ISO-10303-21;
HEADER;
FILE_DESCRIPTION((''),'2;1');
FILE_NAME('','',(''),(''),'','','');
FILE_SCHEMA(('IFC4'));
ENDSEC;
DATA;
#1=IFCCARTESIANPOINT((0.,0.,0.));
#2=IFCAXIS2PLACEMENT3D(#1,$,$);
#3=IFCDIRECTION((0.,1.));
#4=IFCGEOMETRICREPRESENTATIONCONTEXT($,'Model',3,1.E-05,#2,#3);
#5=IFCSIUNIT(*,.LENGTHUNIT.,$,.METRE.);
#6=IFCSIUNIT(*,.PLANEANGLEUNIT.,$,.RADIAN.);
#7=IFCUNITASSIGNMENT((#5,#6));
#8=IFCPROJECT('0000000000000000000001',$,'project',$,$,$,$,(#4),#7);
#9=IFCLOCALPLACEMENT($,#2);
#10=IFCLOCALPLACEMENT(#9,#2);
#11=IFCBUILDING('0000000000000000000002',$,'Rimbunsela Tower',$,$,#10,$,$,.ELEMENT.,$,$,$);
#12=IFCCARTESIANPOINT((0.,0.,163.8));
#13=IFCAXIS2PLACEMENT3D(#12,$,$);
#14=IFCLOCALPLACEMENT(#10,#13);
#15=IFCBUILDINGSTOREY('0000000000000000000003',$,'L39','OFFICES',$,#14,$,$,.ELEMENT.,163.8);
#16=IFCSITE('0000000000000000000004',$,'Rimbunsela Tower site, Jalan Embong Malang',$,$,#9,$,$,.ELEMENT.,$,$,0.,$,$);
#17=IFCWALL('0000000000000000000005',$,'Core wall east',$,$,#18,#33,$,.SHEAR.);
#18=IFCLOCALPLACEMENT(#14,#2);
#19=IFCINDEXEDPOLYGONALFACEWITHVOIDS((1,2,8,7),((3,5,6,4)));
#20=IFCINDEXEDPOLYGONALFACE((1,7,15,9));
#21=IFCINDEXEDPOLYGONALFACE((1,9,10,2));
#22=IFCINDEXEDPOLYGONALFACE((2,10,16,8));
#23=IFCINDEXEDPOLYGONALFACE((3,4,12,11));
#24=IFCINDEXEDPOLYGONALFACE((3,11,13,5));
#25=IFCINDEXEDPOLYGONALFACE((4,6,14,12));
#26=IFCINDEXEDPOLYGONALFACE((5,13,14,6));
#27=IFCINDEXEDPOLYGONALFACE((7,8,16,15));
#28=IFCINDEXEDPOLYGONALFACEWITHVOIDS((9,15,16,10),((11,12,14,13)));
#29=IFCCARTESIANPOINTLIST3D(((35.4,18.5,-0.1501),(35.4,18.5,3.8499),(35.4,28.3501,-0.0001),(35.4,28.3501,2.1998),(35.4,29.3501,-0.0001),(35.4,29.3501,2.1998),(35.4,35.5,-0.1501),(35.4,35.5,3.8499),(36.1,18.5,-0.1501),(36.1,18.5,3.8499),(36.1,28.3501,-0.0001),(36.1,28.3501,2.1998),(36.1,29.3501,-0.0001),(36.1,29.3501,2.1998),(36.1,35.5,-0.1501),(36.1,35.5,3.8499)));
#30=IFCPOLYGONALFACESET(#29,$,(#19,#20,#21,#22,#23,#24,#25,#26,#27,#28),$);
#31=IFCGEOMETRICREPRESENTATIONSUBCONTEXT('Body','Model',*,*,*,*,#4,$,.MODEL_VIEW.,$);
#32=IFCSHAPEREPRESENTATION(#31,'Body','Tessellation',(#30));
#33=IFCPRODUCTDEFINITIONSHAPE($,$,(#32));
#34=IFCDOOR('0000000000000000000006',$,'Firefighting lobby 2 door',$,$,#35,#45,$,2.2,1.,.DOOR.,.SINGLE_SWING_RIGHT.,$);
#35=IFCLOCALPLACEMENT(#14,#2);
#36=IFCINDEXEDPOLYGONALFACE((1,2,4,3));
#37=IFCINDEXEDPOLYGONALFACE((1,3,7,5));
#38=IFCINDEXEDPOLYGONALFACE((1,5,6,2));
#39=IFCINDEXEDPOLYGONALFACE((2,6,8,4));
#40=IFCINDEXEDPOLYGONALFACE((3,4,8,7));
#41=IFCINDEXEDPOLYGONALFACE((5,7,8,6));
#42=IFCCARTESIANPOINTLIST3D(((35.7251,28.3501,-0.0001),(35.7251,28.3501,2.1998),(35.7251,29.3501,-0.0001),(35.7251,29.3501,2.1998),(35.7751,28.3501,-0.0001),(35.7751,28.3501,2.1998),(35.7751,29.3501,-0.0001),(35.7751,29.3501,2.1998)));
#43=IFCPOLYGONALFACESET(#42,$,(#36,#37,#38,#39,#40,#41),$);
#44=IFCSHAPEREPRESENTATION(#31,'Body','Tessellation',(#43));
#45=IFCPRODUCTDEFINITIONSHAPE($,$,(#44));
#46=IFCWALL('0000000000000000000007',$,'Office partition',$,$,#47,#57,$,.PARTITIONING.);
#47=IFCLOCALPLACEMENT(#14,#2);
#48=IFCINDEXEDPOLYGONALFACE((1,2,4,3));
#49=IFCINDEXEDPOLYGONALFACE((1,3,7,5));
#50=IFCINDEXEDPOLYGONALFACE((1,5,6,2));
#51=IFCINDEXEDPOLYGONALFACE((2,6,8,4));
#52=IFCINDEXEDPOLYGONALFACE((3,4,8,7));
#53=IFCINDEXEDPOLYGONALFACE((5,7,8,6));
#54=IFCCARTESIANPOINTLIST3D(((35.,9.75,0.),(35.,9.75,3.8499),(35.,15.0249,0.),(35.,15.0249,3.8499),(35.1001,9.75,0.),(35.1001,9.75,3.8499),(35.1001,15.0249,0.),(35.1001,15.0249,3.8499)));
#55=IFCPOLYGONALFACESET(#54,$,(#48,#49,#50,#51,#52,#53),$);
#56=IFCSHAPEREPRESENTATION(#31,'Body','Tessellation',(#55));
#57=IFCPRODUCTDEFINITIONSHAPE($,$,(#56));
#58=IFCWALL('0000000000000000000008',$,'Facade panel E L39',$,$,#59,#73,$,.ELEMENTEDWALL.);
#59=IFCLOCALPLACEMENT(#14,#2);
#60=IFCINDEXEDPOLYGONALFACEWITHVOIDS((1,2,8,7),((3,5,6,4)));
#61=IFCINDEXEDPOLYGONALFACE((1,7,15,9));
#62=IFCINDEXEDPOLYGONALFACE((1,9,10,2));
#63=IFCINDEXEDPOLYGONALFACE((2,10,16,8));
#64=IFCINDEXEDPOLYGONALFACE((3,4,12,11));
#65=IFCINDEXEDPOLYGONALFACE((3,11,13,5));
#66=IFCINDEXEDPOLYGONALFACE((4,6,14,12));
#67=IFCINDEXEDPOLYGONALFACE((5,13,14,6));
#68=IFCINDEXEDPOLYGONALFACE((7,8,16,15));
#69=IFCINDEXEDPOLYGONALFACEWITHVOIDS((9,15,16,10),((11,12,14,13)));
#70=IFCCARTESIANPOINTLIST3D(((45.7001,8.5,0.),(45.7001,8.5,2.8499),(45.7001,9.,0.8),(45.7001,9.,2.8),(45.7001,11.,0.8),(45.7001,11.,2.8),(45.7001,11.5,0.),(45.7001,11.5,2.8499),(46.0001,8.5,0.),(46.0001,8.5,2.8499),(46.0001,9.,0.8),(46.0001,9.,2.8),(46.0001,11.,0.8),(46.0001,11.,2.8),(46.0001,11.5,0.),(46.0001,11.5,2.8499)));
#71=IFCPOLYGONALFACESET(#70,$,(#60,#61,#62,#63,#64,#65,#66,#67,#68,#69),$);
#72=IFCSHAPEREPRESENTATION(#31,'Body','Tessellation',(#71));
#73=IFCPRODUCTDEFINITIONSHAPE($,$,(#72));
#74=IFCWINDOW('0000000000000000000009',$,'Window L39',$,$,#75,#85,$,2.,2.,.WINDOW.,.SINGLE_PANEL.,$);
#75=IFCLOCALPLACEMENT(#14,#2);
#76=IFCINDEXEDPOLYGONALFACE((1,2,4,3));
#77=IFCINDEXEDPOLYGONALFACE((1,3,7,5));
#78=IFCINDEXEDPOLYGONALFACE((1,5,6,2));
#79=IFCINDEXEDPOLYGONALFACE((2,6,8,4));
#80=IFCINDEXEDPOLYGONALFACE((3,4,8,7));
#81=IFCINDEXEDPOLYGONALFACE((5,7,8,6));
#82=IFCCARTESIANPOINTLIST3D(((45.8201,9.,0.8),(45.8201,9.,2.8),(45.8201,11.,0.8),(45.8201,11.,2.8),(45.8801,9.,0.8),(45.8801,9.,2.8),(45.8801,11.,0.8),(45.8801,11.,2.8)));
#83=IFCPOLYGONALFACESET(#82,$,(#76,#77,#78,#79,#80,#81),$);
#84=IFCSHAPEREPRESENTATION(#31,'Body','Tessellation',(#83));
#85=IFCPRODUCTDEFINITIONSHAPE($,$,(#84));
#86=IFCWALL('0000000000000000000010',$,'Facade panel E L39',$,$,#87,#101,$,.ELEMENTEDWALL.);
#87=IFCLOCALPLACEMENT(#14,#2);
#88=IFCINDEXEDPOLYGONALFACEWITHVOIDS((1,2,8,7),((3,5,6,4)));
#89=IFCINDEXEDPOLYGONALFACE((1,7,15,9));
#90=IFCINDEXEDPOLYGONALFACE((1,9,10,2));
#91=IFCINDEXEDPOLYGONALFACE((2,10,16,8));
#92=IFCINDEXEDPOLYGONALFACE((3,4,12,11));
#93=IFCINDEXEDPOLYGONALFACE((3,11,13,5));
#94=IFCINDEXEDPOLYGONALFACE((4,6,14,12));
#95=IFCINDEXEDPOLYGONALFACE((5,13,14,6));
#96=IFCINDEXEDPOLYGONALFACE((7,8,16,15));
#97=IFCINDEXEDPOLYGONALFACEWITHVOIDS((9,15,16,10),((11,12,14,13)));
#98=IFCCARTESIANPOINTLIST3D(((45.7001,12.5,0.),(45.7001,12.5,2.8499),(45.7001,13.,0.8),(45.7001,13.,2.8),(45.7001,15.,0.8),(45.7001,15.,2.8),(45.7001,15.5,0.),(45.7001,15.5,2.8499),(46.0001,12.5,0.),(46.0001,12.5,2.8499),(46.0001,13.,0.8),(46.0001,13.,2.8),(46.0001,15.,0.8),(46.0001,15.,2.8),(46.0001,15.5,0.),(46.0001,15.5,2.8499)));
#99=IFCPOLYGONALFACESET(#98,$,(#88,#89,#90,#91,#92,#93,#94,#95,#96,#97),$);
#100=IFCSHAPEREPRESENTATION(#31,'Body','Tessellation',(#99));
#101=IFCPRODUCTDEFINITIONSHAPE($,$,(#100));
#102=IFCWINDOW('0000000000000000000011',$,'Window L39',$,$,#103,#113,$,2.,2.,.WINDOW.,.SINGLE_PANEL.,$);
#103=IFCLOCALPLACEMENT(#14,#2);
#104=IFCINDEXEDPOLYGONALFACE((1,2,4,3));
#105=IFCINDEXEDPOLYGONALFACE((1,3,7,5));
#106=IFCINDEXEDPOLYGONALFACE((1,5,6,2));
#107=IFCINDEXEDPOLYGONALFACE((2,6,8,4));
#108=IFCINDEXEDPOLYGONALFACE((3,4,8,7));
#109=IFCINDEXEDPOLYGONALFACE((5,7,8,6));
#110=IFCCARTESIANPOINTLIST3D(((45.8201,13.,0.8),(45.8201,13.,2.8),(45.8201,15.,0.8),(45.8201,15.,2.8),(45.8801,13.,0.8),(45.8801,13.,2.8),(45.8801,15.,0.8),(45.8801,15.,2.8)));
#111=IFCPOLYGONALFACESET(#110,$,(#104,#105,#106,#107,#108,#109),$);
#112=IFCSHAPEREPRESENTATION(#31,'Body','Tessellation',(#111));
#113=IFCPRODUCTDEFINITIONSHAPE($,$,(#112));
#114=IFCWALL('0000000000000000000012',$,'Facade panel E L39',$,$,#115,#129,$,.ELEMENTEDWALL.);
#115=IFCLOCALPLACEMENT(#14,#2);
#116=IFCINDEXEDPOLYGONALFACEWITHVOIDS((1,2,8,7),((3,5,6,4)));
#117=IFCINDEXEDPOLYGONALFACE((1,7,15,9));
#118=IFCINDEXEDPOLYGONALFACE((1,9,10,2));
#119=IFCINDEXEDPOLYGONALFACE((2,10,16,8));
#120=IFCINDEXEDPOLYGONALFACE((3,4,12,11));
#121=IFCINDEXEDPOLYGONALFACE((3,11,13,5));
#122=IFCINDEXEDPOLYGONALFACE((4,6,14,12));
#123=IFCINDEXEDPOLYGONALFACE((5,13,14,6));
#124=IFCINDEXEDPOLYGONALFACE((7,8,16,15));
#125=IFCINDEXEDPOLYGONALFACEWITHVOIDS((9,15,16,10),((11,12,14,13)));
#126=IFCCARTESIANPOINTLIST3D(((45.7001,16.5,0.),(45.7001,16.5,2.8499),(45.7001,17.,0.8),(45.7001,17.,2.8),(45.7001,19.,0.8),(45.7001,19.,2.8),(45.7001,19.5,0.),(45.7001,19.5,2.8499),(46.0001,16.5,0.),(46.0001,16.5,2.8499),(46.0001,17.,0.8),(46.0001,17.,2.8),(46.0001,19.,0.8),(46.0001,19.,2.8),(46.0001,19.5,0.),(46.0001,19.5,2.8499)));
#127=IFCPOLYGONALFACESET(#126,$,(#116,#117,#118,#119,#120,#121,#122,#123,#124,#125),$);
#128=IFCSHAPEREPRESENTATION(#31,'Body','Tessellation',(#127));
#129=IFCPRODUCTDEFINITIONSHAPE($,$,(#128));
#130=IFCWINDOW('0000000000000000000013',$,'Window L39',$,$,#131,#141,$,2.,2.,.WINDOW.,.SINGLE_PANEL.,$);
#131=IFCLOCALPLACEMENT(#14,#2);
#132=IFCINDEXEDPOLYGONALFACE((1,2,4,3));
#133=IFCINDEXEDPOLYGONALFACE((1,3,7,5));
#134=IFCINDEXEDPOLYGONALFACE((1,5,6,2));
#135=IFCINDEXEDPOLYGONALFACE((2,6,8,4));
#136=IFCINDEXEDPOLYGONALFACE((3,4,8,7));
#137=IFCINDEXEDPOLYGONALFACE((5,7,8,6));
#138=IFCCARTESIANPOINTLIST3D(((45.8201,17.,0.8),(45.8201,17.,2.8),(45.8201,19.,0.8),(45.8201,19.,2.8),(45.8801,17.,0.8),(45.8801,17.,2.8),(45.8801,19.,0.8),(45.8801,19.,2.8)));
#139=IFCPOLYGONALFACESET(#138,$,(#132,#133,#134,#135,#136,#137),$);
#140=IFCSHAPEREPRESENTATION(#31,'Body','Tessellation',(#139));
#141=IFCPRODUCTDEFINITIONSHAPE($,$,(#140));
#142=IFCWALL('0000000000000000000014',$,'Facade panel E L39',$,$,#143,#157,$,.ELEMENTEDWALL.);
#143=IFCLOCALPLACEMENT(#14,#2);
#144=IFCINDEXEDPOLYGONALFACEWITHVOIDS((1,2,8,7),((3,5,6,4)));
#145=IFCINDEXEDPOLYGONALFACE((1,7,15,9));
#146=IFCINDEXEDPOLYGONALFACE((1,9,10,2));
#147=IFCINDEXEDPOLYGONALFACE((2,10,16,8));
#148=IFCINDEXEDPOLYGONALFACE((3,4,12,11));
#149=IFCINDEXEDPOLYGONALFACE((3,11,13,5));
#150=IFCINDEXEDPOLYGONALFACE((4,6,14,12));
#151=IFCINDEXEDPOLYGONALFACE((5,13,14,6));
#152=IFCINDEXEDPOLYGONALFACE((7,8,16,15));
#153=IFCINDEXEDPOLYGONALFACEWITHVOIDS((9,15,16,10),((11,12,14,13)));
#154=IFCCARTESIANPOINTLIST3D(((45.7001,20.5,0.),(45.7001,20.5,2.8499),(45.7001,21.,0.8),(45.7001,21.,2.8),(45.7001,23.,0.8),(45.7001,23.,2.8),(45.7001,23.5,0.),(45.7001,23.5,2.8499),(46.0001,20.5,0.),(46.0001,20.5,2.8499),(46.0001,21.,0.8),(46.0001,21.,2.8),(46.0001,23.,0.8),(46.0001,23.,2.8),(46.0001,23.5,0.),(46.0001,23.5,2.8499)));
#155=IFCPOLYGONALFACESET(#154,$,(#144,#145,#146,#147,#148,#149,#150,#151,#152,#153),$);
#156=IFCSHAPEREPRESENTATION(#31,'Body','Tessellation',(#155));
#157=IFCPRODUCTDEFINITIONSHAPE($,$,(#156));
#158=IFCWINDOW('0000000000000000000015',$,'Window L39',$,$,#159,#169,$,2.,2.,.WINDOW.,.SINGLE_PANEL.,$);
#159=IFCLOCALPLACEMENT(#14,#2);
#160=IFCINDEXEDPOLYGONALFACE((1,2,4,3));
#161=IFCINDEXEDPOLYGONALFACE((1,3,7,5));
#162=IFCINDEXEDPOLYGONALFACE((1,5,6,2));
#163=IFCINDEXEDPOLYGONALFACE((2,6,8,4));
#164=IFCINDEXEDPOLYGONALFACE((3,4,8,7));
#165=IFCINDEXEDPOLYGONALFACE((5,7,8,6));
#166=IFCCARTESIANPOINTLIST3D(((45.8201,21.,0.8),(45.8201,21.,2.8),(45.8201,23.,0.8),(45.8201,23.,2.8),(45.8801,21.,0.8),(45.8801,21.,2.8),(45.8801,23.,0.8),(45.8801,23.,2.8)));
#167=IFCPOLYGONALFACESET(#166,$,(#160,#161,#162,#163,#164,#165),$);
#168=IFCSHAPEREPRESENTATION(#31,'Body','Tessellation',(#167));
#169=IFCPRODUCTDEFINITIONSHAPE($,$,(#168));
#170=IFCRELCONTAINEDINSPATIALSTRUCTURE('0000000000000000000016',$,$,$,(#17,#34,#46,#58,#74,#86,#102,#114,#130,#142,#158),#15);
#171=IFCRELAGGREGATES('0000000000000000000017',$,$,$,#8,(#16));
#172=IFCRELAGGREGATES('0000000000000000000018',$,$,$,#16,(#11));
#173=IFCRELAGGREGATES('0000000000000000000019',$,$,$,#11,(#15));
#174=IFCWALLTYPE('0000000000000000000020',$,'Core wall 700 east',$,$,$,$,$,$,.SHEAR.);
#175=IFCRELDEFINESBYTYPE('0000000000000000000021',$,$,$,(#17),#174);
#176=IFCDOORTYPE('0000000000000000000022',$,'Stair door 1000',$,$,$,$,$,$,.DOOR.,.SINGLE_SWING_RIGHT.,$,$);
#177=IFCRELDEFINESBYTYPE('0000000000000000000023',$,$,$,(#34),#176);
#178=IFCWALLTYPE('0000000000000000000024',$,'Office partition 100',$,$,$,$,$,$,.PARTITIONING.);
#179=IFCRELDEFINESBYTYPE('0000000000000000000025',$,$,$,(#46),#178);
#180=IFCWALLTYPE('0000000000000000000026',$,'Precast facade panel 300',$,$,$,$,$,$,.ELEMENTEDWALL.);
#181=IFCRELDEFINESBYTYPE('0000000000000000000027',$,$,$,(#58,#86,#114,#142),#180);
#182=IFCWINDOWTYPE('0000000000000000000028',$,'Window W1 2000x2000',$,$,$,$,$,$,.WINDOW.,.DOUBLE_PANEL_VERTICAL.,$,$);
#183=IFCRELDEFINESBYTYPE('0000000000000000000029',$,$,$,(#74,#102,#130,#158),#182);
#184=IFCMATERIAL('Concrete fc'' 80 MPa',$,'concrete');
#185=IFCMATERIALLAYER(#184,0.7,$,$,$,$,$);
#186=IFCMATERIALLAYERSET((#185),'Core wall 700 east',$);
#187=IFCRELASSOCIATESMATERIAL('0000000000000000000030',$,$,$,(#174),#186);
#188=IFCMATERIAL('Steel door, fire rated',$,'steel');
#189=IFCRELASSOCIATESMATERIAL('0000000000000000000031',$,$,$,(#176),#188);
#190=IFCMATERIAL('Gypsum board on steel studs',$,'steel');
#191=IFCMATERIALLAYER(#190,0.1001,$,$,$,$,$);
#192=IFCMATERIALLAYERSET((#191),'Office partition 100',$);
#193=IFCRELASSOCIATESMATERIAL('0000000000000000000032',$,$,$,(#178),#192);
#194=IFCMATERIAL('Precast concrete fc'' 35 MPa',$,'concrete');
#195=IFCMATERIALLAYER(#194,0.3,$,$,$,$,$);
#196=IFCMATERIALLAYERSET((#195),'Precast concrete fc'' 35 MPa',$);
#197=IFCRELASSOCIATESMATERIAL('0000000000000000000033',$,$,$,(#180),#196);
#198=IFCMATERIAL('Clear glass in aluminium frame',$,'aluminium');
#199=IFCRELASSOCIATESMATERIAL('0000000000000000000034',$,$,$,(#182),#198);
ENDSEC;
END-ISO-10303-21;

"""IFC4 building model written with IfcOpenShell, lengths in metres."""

from ifc_helpers import new_model, si_unit, direction, frame, frame_2d, origin, place, context, subcontext, project, spatial, rectangle, extrude, material, layer, layer_set, type_object, element, fill, save


model = new_model("IFC4")

# Units and contexts
model_context = context("Model", 3, precision=1e-05, world=origin(), true_north=direction((0.0, 1.0)))
body_context = subcontext(model_context, "Body", "Model", "MODEL_VIEW")
ifc_project = project(units=[si_unit("LENGTHUNIT", "METRE"), si_unit("PLANEANGLEUNIT", "RADIAN")], contexts=[model_context])

# Site, building, storey
site_placement = place(None, origin())
site = spatial("IfcSite", under=ifc_project, at=site_placement, Name="Rimbunsela Tower site, Jalan Embong Malang", CompositionType="ELEMENT", RefElevation=0.0)
building_placement = place(site_placement, origin())
building = spatial("IfcBuilding", under=site, at=building_placement, Name="Rimbunsela Tower", CompositionType="ELEMENT")
storey_placement = place(building_placement, frame((0.0, 0.0, 163.8)))
storey = spatial("IfcBuildingStorey", under=building, at=storey_placement, Name="L39", Description="OFFICES", CompositionType="ELEMENT", Elevation=163.8)

# Wall, opening, door
ifc_material_1 = material(Name="Concrete fc' 80 MPa", Category="concrete")
ifc_layer_1 = layer(ifc_material_1, 0.7)
ifc_layer_set_1 = layer_set([ifc_layer_1], Name="Core wall 700 east")
wall_type_1 = type_object("IfcWallType", Name="Core wall 700 east", PredefinedType="SHEAR", material=ifc_layer_set_1)
wall_1_placement = place(storey_placement, frame((35.75, 18.5, -0.1501), z_axis=(0.0, 0.0, 1.0), x_axis=(0.0, 1.0, 0.0)))
wall_1 = element("IfcWall", 1, at=wall_1_placement, inside=storey, type_object=wall_type_1, Name="Core wall east", PredefinedType="SHEAR", context=body_context, shape_type="SweptSolid", body=[
    extrude(rectangle(XDim=17.0, YDim=0.7, at=frame_2d((8.5, 0.0))), origin(), (0.0, 0.0, 1.0), 4.0),
])
opening_1_placement = place(wall_1_placement, frame((9.8501, 0.0, 0.1499)))
opening_1 = element("IfcOpeningElement", 2, at=opening_1_placement, cuts=wall_1, PredefinedType="OPENING", context=body_context, shape_type="SweptSolid", body=[
    extrude(rectangle(XDim=1.0, YDim=2.2, at=frame_2d((0.5, 1.1001))), frame((0.0, 0.3599, 0.0), z_axis=(0.0, -1.0, 0.0), x_axis=(1.0, 0.0, 0.0)), (0.0, 0.0, 1.0), 0.72),
])
ifc_material_2 = material(Name="Steel door, fire rated", Category="steel")
door_type_1 = type_object("IfcDoorType", Name="Stair door 1000", OperationType="SINGLE_SWING_RIGHT", PredefinedType="DOOR", material=ifc_material_2)
door_1_placement = place(opening_1_placement, origin())
door_1 = element("IfcDoor", 3, at=door_1_placement, inside=storey, type_object=door_type_1, Name="Firefighting lobby 2 door", OperationType="SINGLE_SWING_RIGHT", OverallHeight=2.2, OverallWidth=1.0, PredefinedType="DOOR", context=body_context, shape_type="SweptSolid", body=[
    extrude(rectangle(XDim=1.0, YDim=2.2, at=frame_2d((0.5, 1.1001))), frame((0.0, 0.0249, 0.0), z_axis=(0.0, -1.0, 0.0), x_axis=(1.0, 0.0, 0.0)), (0.0, 0.0, 1.0), 0.05),
])
fill(opening_1, door_1)

# Wall
ifc_material_3 = material(Name="Gypsum board on steel studs", Category="steel")
ifc_layer_2 = layer(ifc_material_3, 0.1001)
ifc_layer_set_2 = layer_set([ifc_layer_2], Name="Office partition 100")
wall_type_2 = type_object("IfcWallType", Name="Office partition 100", PredefinedType="PARTITIONING", material=ifc_layer_set_2)
wall_2_placement = place(storey_placement, frame((35.05, 9.75, 0.0), z_axis=(0.0, 0.0, 1.0), x_axis=(0.0, 1.0, 0.0)))
element("IfcWall", 4, at=wall_2_placement, inside=storey, type_object=wall_type_2, Name="Office partition", PredefinedType="PARTITIONING", context=body_context, shape_type="SweptSolid", body=[
    extrude(rectangle(XDim=5.2749, YDim=0.1001, at=frame_2d((2.6375, 0.0))), origin(), (0.0, 0.0, 1.0), 3.8499),
])

# Walls, openings, windows
ifc_material_4 = material(Name="Precast concrete fc' 35 MPa", Category="concrete")
ifc_layer_3 = layer(ifc_material_4, 0.3)
ifc_layer_set_3 = layer_set([ifc_layer_3], Name="Precast concrete fc' 35 MPa")
wall_type_3 = type_object("IfcWallType", Name="Precast facade panel 300", PredefinedType="ELEMENTEDWALL", material=ifc_layer_set_3)
wall_3_placement = place(storey_placement, frame((45.8501, 8.5, 0.0), z_axis=(0.0, 0.0, 1.0), x_axis=(0.0, 1.0, 0.0)))
wall_3 = element("IfcWall", 5, at=wall_3_placement, inside=storey, type_object=wall_type_3, Name="Facade panel E L39", PredefinedType="ELEMENTEDWALL", context=body_context, shape_type="SweptSolid", body=[
    extrude(rectangle(XDim=3.0, YDim=0.3, at=frame_2d((1.5, 0.0))), origin(), (0.0, 0.0, 1.0), 2.8499),
])
opening_2_placement = place(wall_3_placement, frame((0.5, 0.0, 0.8)))
opening_2 = element("IfcOpeningElement", 6, at=opening_2_placement, cuts=wall_3, PredefinedType="OPENING", context=body_context, shape_type="SweptSolid", body=[
    extrude(rectangle(XDim=2.0, YDim=2.0, at=frame_2d((1.0, 1.0))), frame((0.0, 0.1599, 0.0), z_axis=(0.0, -1.0, 0.0), x_axis=(1.0, 0.0, 0.0)), (0.0, 0.0, 1.0), 0.3201),
])
ifc_material_5 = material(Name="Clear glass in aluminium frame", Category="aluminium")
window_type = type_object("IfcWindowType", Name="Window W1 2000x2000", PartitioningType="DOUBLE_PANEL_VERTICAL", PredefinedType="WINDOW", material=ifc_material_5)
window_1_placement = place(opening_2_placement, origin())
window_1 = element("IfcWindow", 7, at=window_1_placement, inside=storey, type_object=window_type, Name="Window L39", OverallHeight=2.0, OverallWidth=2.0, PartitioningType="SINGLE_PANEL", PredefinedType="WINDOW", context=body_context, shape_type="SweptSolid", body=[
    extrude(rectangle(XDim=2.0, YDim=2.0, at=frame_2d((1.0, 1.0))), frame((0.0, 0.03, 0.0), z_axis=(0.0, -1.0, 0.0), x_axis=(1.0, 0.0, 0.0)), (0.0, 0.0, 1.0), 0.0601),
])
fill(opening_2, window_1)
wall_4_placement = place(storey_placement, frame((45.8501, 12.5, 0.0), z_axis=(0.0, 0.0, 1.0), x_axis=(0.0, 1.0, 0.0)))
wall_4 = element("IfcWall", 8, at=wall_4_placement, inside=storey, type_object=wall_type_3, Name="Facade panel E L39", PredefinedType="ELEMENTEDWALL", context=body_context, shape_type="SweptSolid", body=[
    extrude(rectangle(XDim=3.0, YDim=0.3, at=frame_2d((1.5, 0.0))), origin(), (0.0, 0.0, 1.0), 2.8499),
])
opening_3_placement = place(wall_4_placement, frame((0.5, 0.0, 0.8)))
opening_3 = element("IfcOpeningElement", 9, at=opening_3_placement, cuts=wall_4, PredefinedType="OPENING", context=body_context, shape_type="SweptSolid", body=[
    extrude(rectangle(XDim=2.0, YDim=2.0, at=frame_2d((1.0, 1.0))), frame((0.0, 0.1599, 0.0), z_axis=(0.0, -1.0, 0.0), x_axis=(1.0, 0.0, 0.0)), (0.0, 0.0, 1.0), 0.3201),
])
window_2_placement = place(opening_3_placement, origin())
window_2 = element("IfcWindow", 10, at=window_2_placement, inside=storey, type_object=window_type, Name="Window L39", OverallHeight=2.0, OverallWidth=2.0, PartitioningType="SINGLE_PANEL", PredefinedType="WINDOW", context=body_context, shape_type="SweptSolid", body=[
    extrude(rectangle(XDim=2.0, YDim=2.0, at=frame_2d((1.0, 1.0))), frame((0.0, 0.03, 0.0), z_axis=(0.0, -1.0, 0.0), x_axis=(1.0, 0.0, 0.0)), (0.0, 0.0, 1.0), 0.0601),
])
fill(opening_3, window_2)
wall_5_placement = place(storey_placement, frame((45.8501, 16.5, 0.0), z_axis=(0.0, 0.0, 1.0), x_axis=(0.0, 1.0, 0.0)))
wall_5 = element("IfcWall", 11, at=wall_5_placement, inside=storey, type_object=wall_type_3, Name="Facade panel E L39", PredefinedType="ELEMENTEDWALL", context=body_context, shape_type="SweptSolid", body=[
    extrude(rectangle(XDim=3.0, YDim=0.3, at=frame_2d((1.5, 0.0))), origin(), (0.0, 0.0, 1.0), 2.8499),
])
opening_4_placement = place(wall_5_placement, frame((0.5, 0.0, 0.8)))
opening_4 = element("IfcOpeningElement", 12, at=opening_4_placement, cuts=wall_5, PredefinedType="OPENING", context=body_context, shape_type="SweptSolid", body=[
    extrude(rectangle(XDim=2.0, YDim=2.0, at=frame_2d((1.0, 1.0))), frame((0.0, 0.1599, 0.0), z_axis=(0.0, -1.0, 0.0), x_axis=(1.0, 0.0, 0.0)), (0.0, 0.0, 1.0), 0.3201),
])
window_3_placement = place(opening_4_placement, origin())
window_3 = element("IfcWindow", 13, at=window_3_placement, inside=storey, type_object=window_type, Name="Window L39", OverallHeight=2.0, OverallWidth=2.0, PartitioningType="SINGLE_PANEL", PredefinedType="WINDOW", context=body_context, shape_type="SweptSolid", body=[
    extrude(rectangle(XDim=2.0, YDim=2.0, at=frame_2d((1.0, 1.0))), frame((0.0, 0.03, 0.0), z_axis=(0.0, -1.0, 0.0), x_axis=(1.0, 0.0, 0.0)), (0.0, 0.0, 1.0), 0.0601),
])
fill(opening_4, window_3)
wall_6_placement = place(storey_placement, frame((45.8501, 20.5, 0.0), z_axis=(0.0, 0.0, 1.0), x_axis=(0.0, 1.0, 0.0)))
wall_6 = element("IfcWall", 14, at=wall_6_placement, inside=storey, type_object=wall_type_3, Name="Facade panel E L39", PredefinedType="ELEMENTEDWALL", context=body_context, shape_type="SweptSolid", body=[
    extrude(rectangle(XDim=3.0, YDim=0.3, at=frame_2d((1.5, 0.0))), origin(), (0.0, 0.0, 1.0), 2.8499),
])
opening_5_placement = place(wall_6_placement, frame((0.5, 0.0, 0.8)))
opening_5 = element("IfcOpeningElement", 15, at=opening_5_placement, cuts=wall_6, PredefinedType="OPENING", context=body_context, shape_type="SweptSolid", body=[
    extrude(rectangle(XDim=2.0, YDim=2.0, at=frame_2d((1.0, 1.0))), frame((0.0, 0.1599, 0.0), z_axis=(0.0, -1.0, 0.0), x_axis=(1.0, 0.0, 0.0)), (0.0, 0.0, 1.0), 0.3201),
])
window_4_placement = place(opening_5_placement, origin())
window_4 = element("IfcWindow", 16, at=window_4_placement, inside=storey, type_object=window_type, Name="Window L39", OverallHeight=2.0, OverallWidth=2.0, PartitioningType="SINGLE_PANEL", PredefinedType="WINDOW", context=body_context, shape_type="SweptSolid", body=[
    extrude(rectangle(XDim=2.0, YDim=2.0, at=frame_2d((1.0, 1.0))), frame((0.0, 0.03, 0.0), z_axis=(0.0, -1.0, 0.0), x_axis=(1.0, 0.0, 0.0)), (0.0, 0.0, 1.0), 0.0601),
])
fill(opening_5, window_4)

save(model, "model.ifc")
